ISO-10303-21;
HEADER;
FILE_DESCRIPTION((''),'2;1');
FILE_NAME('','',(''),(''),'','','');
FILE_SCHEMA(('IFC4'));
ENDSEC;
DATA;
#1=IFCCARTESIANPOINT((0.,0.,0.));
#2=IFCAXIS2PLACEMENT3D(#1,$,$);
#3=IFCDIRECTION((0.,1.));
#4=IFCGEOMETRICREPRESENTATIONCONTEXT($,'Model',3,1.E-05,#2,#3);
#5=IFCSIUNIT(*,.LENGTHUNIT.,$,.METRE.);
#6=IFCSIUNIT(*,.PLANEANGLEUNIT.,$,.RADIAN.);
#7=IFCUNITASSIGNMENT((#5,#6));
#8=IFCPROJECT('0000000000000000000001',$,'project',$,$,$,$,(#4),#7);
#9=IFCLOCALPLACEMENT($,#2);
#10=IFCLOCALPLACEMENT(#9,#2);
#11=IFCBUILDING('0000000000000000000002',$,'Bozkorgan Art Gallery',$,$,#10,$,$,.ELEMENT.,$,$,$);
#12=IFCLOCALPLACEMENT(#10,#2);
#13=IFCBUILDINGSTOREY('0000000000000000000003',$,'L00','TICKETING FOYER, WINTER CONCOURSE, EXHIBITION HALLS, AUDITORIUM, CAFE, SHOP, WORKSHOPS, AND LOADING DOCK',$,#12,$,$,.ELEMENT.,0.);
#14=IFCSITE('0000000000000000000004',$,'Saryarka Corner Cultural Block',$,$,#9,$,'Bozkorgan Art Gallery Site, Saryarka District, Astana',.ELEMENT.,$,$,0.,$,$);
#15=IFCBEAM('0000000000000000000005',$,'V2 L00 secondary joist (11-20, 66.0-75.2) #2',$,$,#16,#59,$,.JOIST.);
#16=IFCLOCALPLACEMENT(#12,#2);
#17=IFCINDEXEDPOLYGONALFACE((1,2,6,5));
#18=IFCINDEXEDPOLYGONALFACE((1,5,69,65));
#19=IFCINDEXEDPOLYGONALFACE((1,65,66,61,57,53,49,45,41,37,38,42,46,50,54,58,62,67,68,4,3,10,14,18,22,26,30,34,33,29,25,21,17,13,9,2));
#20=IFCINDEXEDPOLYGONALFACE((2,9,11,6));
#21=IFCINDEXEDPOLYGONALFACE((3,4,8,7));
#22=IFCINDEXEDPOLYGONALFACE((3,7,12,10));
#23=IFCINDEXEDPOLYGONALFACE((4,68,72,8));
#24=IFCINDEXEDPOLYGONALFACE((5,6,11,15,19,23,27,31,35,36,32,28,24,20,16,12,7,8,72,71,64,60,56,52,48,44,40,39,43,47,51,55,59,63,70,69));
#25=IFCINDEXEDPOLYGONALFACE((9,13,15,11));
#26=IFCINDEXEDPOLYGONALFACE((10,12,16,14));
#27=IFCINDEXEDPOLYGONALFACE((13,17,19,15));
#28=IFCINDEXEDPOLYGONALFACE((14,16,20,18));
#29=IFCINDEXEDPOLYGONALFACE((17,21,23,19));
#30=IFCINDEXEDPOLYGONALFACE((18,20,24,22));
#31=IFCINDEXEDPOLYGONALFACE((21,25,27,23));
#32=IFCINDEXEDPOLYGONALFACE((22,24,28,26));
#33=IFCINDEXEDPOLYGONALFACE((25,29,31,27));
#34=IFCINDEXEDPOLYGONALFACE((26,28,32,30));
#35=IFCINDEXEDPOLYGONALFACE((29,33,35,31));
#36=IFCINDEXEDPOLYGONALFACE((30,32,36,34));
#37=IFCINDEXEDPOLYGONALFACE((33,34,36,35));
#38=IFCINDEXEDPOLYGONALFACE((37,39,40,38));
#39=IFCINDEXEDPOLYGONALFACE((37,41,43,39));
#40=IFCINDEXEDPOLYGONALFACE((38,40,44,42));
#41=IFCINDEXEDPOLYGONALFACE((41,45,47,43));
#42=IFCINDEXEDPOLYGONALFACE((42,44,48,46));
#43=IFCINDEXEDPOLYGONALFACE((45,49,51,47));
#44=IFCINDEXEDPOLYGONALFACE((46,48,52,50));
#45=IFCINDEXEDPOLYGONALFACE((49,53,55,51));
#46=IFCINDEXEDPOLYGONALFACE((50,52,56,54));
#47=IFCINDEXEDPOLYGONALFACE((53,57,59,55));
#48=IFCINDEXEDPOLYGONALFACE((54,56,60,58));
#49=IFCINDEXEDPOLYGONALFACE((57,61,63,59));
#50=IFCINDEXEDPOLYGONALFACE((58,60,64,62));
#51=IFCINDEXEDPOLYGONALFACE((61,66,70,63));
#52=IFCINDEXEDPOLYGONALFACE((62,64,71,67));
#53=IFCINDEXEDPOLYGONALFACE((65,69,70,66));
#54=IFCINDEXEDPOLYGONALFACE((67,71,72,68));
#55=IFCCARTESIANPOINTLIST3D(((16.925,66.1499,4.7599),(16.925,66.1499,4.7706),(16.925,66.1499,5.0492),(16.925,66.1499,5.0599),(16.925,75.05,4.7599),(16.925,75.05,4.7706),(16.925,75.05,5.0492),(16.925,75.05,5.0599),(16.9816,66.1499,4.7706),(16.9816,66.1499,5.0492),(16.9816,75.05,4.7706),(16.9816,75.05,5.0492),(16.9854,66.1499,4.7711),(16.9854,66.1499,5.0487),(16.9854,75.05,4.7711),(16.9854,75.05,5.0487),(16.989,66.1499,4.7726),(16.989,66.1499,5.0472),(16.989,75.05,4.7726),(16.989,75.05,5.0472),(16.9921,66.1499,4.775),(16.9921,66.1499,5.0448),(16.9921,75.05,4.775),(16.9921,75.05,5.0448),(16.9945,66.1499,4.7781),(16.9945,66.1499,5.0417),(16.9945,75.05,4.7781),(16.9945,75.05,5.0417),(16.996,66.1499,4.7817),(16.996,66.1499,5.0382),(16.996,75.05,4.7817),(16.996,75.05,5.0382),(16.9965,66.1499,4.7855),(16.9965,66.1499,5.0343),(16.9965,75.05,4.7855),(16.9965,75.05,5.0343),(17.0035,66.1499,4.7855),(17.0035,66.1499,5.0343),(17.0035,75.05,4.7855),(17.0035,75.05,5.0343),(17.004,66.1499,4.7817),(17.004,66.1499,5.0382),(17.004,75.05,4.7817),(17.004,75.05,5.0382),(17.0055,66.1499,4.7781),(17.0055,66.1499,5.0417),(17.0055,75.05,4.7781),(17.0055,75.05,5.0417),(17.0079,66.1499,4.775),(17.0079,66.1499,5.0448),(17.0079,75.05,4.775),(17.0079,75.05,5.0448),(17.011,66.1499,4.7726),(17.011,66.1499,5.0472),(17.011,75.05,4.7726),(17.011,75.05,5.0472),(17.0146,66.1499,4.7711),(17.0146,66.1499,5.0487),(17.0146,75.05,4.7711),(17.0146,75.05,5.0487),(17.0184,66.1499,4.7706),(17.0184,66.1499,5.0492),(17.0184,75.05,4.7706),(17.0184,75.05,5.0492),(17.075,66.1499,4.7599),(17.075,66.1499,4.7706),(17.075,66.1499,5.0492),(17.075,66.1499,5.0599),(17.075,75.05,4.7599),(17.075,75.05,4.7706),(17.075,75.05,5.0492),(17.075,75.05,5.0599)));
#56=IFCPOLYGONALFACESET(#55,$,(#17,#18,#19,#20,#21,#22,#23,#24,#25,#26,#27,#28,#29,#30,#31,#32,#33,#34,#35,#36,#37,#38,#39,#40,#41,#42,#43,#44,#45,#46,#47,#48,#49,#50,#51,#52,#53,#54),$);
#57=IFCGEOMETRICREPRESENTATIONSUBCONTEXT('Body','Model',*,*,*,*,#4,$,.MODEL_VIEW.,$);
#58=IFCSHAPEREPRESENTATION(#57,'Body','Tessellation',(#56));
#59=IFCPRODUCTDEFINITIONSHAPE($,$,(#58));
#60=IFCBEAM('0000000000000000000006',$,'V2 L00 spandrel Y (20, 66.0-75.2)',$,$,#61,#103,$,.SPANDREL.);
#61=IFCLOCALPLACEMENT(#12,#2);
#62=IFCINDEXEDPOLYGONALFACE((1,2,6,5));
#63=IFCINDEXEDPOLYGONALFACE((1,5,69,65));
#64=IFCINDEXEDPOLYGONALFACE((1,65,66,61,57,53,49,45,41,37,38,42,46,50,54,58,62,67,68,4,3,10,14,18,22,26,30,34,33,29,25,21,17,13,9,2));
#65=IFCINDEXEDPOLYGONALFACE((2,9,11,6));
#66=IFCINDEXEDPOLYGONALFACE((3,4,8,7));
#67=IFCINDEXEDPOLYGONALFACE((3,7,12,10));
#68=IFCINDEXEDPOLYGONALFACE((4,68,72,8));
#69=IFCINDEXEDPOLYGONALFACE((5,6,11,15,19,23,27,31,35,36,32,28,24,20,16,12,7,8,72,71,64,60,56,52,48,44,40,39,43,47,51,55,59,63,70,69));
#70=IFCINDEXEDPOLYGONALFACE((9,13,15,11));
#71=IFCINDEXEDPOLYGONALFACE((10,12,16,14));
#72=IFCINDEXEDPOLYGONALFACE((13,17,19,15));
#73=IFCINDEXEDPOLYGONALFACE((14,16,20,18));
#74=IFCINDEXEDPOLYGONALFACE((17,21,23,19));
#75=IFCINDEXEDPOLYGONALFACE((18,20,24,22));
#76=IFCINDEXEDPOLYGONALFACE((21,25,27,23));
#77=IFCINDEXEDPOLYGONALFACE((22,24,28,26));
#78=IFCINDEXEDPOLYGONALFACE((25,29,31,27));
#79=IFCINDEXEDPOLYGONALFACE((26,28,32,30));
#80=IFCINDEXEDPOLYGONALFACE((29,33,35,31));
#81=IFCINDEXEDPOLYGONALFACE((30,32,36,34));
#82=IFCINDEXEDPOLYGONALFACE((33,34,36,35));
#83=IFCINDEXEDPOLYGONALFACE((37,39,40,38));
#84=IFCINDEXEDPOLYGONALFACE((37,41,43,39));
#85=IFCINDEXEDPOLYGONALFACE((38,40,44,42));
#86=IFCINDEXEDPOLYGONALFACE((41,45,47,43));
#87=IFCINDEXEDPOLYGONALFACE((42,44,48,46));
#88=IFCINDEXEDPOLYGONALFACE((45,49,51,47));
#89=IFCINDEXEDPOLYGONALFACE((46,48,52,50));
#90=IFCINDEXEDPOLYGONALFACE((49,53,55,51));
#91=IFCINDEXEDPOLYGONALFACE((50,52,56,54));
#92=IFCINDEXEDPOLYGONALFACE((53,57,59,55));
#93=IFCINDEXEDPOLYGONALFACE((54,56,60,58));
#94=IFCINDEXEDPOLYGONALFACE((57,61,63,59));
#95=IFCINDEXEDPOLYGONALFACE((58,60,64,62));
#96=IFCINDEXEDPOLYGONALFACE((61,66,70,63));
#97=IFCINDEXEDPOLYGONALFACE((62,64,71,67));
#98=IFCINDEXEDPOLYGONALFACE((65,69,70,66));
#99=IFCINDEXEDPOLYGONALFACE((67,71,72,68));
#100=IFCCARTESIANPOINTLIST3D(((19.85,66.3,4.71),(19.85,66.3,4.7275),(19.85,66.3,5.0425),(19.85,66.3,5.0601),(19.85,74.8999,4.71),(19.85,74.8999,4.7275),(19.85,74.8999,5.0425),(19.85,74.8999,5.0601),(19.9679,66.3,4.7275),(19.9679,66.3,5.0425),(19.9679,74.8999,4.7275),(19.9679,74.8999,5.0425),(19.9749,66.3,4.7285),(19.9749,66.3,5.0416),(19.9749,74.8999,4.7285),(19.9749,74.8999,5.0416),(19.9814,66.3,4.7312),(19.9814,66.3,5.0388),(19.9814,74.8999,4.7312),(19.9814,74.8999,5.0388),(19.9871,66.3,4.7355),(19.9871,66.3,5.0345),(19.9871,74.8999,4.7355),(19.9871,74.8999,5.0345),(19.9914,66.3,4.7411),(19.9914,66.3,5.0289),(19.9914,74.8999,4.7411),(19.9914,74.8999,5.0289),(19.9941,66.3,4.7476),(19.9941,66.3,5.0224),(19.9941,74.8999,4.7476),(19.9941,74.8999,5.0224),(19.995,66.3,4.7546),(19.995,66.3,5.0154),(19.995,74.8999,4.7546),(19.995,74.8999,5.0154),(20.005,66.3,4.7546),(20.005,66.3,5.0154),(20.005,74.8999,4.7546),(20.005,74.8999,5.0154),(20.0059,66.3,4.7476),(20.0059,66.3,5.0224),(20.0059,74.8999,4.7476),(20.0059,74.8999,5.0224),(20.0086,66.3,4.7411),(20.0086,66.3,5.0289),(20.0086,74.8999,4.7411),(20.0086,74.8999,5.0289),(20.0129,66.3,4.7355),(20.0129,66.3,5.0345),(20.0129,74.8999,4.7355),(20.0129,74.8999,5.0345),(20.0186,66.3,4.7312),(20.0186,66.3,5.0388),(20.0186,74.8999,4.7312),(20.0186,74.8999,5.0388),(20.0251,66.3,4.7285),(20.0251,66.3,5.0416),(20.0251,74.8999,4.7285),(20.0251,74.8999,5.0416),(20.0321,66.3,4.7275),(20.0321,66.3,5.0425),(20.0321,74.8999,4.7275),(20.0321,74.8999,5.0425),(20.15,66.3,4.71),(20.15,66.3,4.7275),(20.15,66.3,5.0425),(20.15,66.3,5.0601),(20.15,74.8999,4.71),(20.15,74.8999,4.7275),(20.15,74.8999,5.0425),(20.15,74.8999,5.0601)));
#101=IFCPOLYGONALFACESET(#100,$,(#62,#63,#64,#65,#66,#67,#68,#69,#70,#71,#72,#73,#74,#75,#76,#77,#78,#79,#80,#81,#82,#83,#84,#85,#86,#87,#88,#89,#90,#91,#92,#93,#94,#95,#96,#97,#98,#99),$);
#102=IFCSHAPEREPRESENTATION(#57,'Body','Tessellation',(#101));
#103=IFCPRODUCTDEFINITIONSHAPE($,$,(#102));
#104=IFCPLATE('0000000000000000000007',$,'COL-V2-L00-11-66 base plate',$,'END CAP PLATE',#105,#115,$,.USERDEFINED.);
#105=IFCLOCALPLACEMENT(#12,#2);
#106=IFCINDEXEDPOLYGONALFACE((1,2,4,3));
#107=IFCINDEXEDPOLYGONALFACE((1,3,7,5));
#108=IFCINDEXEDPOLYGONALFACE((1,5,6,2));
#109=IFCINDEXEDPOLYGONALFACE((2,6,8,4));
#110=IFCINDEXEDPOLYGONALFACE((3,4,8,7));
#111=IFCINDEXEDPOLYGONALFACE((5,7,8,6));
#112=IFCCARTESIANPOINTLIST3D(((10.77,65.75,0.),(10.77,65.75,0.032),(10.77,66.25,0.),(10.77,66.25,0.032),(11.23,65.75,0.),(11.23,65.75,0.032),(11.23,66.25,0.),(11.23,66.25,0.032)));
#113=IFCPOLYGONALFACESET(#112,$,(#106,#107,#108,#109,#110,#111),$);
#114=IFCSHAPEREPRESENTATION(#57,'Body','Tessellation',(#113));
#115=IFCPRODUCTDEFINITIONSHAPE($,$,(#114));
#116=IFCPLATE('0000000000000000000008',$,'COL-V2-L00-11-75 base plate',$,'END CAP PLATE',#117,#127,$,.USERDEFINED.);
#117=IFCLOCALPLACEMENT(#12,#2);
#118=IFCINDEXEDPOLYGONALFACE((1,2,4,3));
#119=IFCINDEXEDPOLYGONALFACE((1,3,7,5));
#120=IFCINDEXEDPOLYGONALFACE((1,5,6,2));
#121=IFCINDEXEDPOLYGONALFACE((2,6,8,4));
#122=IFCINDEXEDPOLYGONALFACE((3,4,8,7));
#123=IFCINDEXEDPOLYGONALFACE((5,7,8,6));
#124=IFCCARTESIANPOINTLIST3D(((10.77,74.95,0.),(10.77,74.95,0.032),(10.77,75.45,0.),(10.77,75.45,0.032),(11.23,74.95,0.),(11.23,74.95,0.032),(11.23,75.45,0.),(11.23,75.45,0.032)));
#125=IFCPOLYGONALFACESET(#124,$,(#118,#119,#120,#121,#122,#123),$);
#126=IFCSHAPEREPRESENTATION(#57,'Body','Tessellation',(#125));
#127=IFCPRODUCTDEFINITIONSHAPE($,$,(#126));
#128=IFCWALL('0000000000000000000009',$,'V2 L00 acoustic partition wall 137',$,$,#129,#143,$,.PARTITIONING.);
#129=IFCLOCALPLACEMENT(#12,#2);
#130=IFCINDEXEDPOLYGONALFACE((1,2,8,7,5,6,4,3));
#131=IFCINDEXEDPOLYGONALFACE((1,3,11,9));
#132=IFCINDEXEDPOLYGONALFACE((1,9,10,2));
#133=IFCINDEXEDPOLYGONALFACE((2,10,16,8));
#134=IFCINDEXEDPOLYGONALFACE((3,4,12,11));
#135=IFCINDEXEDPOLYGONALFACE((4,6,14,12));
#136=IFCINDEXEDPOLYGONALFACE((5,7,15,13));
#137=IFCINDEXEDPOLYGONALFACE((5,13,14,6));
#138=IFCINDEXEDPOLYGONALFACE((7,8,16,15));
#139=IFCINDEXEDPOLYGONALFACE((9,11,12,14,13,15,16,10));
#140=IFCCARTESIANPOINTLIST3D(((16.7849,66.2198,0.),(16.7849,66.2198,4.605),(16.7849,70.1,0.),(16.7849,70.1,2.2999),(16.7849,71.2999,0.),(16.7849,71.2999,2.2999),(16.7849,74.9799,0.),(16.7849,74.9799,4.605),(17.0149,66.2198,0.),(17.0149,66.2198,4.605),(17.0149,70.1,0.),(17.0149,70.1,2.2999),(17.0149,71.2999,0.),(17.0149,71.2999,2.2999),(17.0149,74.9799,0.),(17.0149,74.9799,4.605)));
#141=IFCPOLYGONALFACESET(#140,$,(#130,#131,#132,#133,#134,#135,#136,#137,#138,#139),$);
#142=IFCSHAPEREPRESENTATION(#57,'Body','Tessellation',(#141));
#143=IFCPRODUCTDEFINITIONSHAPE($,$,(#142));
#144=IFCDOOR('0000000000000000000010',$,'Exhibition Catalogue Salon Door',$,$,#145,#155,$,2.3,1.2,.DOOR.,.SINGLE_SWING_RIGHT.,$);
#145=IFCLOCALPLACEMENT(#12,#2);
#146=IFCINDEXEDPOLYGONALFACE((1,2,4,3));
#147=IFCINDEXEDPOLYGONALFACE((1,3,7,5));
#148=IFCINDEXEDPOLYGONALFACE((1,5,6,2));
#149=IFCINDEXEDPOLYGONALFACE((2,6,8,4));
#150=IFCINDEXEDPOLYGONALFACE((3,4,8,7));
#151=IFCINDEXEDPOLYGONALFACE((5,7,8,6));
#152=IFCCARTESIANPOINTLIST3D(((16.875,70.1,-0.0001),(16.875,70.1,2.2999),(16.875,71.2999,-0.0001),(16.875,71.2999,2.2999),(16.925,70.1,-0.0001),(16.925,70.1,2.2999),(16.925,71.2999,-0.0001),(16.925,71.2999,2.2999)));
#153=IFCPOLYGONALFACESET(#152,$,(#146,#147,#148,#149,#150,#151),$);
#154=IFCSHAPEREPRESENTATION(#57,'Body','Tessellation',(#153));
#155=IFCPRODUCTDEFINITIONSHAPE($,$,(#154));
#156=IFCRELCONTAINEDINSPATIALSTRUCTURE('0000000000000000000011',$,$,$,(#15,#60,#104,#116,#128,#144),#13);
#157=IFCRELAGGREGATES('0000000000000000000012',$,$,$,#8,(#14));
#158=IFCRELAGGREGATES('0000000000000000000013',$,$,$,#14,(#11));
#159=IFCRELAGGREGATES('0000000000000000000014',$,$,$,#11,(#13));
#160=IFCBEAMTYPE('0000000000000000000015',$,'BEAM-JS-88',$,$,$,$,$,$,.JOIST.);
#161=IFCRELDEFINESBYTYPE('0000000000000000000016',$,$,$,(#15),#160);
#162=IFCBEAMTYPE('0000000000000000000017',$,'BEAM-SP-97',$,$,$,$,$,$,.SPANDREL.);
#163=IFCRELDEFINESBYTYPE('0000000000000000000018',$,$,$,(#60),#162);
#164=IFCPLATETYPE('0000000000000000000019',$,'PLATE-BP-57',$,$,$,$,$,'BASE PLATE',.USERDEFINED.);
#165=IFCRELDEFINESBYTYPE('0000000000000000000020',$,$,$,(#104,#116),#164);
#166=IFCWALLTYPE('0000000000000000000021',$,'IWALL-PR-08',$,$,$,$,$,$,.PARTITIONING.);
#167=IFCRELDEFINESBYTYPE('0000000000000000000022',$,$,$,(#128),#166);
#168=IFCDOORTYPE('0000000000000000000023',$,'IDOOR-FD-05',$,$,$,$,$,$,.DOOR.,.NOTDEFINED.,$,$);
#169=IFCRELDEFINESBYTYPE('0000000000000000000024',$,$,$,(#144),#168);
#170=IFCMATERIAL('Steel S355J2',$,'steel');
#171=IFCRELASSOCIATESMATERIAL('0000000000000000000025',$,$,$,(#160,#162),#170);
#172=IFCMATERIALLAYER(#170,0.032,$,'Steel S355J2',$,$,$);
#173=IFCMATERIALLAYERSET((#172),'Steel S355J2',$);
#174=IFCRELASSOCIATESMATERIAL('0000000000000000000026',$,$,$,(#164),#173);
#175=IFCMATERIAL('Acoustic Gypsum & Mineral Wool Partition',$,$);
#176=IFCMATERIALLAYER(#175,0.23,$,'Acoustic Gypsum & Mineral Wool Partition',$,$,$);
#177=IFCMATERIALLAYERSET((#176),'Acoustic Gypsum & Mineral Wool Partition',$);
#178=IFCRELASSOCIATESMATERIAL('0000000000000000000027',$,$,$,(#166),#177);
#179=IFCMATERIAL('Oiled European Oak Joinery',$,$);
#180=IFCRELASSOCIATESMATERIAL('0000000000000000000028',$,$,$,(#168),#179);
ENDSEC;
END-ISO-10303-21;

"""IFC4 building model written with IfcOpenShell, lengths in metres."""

from ifc_helpers import new_model, si_unit, direction, frame, frame_2d, origin, origin_2d, place, context, subcontext, project, spatial, rectangle, i_section, extrude, material, layer, layer_set, material_profile, profile_set, type_object, element, fill, save


model = new_model("IFC4")

# Units and contexts
model_context = context("Model", 3, precision=1e-05, world=origin(), true_north=direction((0.0, 1.0)))
body_context = subcontext(model_context, "Body", "Model", "MODEL_VIEW")
ifc_project = project(units=[si_unit("LENGTHUNIT", "METRE"), si_unit("PLANEANGLEUNIT", "RADIAN")], contexts=[model_context])

# Site, building, storey
site_placement = place(None, origin())
site = spatial("IfcSite", under=ifc_project, at=site_placement, Name="Saryarka Corner Cultural Block", LongName="Bozkorgan Art Gallery Site, Saryarka District, Astana", CompositionType="ELEMENT", RefElevation=0.0)
building_placement = place(site_placement, origin())
building = spatial("IfcBuilding", under=site, at=building_placement, Name="Bozkorgan Art Gallery", CompositionType="ELEMENT")
storey_placement = place(building_placement, origin())
storey = spatial("IfcBuildingStorey", under=building, at=storey_placement, Name="L00", Description="TICKETING FOYER, WINTER CONCOURSE, EXHIBITION HALLS, AUDITORIUM, CAFE, SHOP, WORKSHOPS, AND LOADING DOCK", CompositionType="ELEMENT", Elevation=0.0)

# Shared definitions
ifc_material_1 = material(Name="Steel S355J2", Category="steel")

# Beams
ifc_material_profile_1 = material_profile(ifc_material_1, i_section(OverallWidth=0.1499, OverallDepth=0.3, WebThickness=0.0071, FlangeThickness=0.0107, FilletRadius=0.0149, at=origin_2d()), Name="IPE 300")
ifc_profile_set_1 = profile_set([ifc_material_profile_1], Name="Steel S355J2")
beam_type_1 = type_object("IfcBeamType", Name="BEAM-JS-88", PredefinedType="JOIST", material=ifc_profile_set_1)
for number, where, z_axis, x_axis, name in (
    (1, (17.0, 66.1499, 4.9099), (0.0, 1.0, 0.0), (-1.0, 0.0, 0.0), "V2 L00 secondary joist (11-20, 66.0-75.2) #2"),
):
    element("IfcBeam", number, at=place(storey_placement, frame(where, z_axis=z_axis, x_axis=x_axis)), inside=storey, type_object=beam_type_1, Name=name, PredefinedType="JOIST", context=body_context, shape_type="SweptSolid", body=[
        extrude(i_section(OverallWidth=0.1499, OverallDepth=0.3, WebThickness=0.0071, FlangeThickness=0.0107, FilletRadius=0.0149, at=origin_2d()), origin(), (0.0, 0.0, 1.0), 8.9001),
    ])
ifc_material_profile_2 = material_profile(ifc_material_1, i_section(OverallWidth=0.3, OverallDepth=0.3501, WebThickness=0.01, FlangeThickness=0.0176, FilletRadius=0.0271, at=origin_2d()), Name="HEA 360")
ifc_profile_set_2 = profile_set([ifc_material_profile_2], Name="Steel S355J2")
beam_type_2 = type_object("IfcBeamType", Name="BEAM-SP-97", PredefinedType="SPANDREL", material=ifc_profile_set_2)
beam_1_placement = place(storey_placement, frame((20.0, 66.3, 4.885), z_axis=(0.0, 1.0, 0.0), x_axis=(-1.0, 0.0, 0.0)))
element("IfcBeam", 2, at=beam_1_placement, inside=storey, type_object=beam_type_2, Name="V2 L00 spandrel Y (20, 66.0-75.2)", PredefinedType="SPANDREL", context=body_context, shape_type="SweptSolid", body=[
    extrude(i_section(OverallWidth=0.3, OverallDepth=0.3501, WebThickness=0.01, FlangeThickness=0.0176, FilletRadius=0.0271, at=origin_2d()), origin(), (0.0, 0.0, 1.0), 8.5999),
])

# Plates
ifc_layer_1 = layer(ifc_material_1, 0.032, Name="Steel S355J2")
ifc_layer_set_1 = layer_set([ifc_layer_1], Name="Steel S355J2")
plate_type = type_object("IfcPlateType", Name="PLATE-BP-57", ElementType="BASE PLATE", PredefinedType="USERDEFINED", material=ifc_layer_set_1)
for number, where, z_axis, x_axis, name in (
    (3, (11.0, 66.0, 0.0), (0.0, 0.0, 1.0), (1.0, 0.0, 0.0), "COL-V2-L00-11-66 base plate"),
    (4, (11.0, 75.2, 0.0), (0.0, 0.0, 1.0), (1.0, 0.0, 0.0), "COL-V2-L00-11-75 base plate"),
):
    element("IfcPlate", number, at=place(storey_placement, frame(where, z_axis=z_axis, x_axis=x_axis)), inside=storey, type_object=plate_type, Name=name, ObjectType="END CAP PLATE", PredefinedType="USERDEFINED", context=body_context, shape_type="SweptSolid", body=[
        extrude(rectangle(XDim=0.46, YDim=0.5, at=origin_2d()), origin(), (0.0, 0.0, 1.0), 0.032),
    ])

# Wall, opening, door
ifc_material_2 = material(Name="Acoustic Gypsum & Mineral Wool Partition")
ifc_layer_2 = layer(ifc_material_2, 0.23, Name="Acoustic Gypsum & Mineral Wool Partition")
ifc_layer_set_2 = layer_set([ifc_layer_2], Name="Acoustic Gypsum & Mineral Wool Partition")
wall_type_1 = type_object("IfcWallType", Name="IWALL-PR-08", PredefinedType="PARTITIONING", material=ifc_layer_set_2)
wall_1_placement = place(storey_placement, frame((16.8999, 66.22, 0.0), z_axis=(0.0, 0.0, 1.0), x_axis=(0.0, 1.0, 0.0)))
wall_1 = element("IfcWall", 5, at=wall_1_placement, inside=storey, type_object=wall_type_1, Name="V2 L00 acoustic partition wall 137", PredefinedType="PARTITIONING", context=body_context, shape_type="SweptSolid", body=[
    extrude(rectangle(XDim=8.76, YDim=0.23, at=frame_2d((4.3799, 0.0))), origin(), (0.0, 0.0, 1.0), 4.605),
])
opening_1_placement = place(wall_1_placement, frame((3.8799, 0.0, 0.0)))
opening_1 = element("IfcOpeningElement", 6, at=opening_1_placement, cuts=wall_1, PredefinedType="OPENING", context=body_context, shape_type="SweptSolid", body=[
    extrude(rectangle(XDim=1.2, YDim=2.3, at=frame_2d((0.6001, 1.1499))), frame((0.0, 0.125, 0.0), z_axis=(0.0, -1.0, 0.0), x_axis=(1.0, 0.0, 0.0)), (0.0, 0.0, 1.0), 0.25),
])
ifc_material_3 = material(Name="Oiled European Oak Joinery")
door_type_1 = type_object("IfcDoorType", Name="IDOOR-FD-05", OperationType="NOTDEFINED", PredefinedType="DOOR", material=ifc_material_3)
door_1_placement = place(opening_1_placement, origin())
door_1 = element("IfcDoor", 7, at=door_1_placement, inside=storey, type_object=door_type_1, Name="Exhibition Catalogue Salon Door", OperationType="SINGLE_SWING_RIGHT", OverallHeight=2.3, OverallWidth=1.2, PredefinedType="DOOR", context=body_context, shape_type="SweptSolid", body=[
    extrude(rectangle(XDim=1.2, YDim=2.3, at=frame_2d((0.6001, 1.1499))), frame((0.0, 0.0249, 0.0), z_axis=(0.0, -1.0, 0.0), x_axis=(1.0, 0.0, 0.0)), (0.0, 0.0, 1.0), 0.05),
])
fill(opening_1, door_1)

save(model, "model.ifc")
